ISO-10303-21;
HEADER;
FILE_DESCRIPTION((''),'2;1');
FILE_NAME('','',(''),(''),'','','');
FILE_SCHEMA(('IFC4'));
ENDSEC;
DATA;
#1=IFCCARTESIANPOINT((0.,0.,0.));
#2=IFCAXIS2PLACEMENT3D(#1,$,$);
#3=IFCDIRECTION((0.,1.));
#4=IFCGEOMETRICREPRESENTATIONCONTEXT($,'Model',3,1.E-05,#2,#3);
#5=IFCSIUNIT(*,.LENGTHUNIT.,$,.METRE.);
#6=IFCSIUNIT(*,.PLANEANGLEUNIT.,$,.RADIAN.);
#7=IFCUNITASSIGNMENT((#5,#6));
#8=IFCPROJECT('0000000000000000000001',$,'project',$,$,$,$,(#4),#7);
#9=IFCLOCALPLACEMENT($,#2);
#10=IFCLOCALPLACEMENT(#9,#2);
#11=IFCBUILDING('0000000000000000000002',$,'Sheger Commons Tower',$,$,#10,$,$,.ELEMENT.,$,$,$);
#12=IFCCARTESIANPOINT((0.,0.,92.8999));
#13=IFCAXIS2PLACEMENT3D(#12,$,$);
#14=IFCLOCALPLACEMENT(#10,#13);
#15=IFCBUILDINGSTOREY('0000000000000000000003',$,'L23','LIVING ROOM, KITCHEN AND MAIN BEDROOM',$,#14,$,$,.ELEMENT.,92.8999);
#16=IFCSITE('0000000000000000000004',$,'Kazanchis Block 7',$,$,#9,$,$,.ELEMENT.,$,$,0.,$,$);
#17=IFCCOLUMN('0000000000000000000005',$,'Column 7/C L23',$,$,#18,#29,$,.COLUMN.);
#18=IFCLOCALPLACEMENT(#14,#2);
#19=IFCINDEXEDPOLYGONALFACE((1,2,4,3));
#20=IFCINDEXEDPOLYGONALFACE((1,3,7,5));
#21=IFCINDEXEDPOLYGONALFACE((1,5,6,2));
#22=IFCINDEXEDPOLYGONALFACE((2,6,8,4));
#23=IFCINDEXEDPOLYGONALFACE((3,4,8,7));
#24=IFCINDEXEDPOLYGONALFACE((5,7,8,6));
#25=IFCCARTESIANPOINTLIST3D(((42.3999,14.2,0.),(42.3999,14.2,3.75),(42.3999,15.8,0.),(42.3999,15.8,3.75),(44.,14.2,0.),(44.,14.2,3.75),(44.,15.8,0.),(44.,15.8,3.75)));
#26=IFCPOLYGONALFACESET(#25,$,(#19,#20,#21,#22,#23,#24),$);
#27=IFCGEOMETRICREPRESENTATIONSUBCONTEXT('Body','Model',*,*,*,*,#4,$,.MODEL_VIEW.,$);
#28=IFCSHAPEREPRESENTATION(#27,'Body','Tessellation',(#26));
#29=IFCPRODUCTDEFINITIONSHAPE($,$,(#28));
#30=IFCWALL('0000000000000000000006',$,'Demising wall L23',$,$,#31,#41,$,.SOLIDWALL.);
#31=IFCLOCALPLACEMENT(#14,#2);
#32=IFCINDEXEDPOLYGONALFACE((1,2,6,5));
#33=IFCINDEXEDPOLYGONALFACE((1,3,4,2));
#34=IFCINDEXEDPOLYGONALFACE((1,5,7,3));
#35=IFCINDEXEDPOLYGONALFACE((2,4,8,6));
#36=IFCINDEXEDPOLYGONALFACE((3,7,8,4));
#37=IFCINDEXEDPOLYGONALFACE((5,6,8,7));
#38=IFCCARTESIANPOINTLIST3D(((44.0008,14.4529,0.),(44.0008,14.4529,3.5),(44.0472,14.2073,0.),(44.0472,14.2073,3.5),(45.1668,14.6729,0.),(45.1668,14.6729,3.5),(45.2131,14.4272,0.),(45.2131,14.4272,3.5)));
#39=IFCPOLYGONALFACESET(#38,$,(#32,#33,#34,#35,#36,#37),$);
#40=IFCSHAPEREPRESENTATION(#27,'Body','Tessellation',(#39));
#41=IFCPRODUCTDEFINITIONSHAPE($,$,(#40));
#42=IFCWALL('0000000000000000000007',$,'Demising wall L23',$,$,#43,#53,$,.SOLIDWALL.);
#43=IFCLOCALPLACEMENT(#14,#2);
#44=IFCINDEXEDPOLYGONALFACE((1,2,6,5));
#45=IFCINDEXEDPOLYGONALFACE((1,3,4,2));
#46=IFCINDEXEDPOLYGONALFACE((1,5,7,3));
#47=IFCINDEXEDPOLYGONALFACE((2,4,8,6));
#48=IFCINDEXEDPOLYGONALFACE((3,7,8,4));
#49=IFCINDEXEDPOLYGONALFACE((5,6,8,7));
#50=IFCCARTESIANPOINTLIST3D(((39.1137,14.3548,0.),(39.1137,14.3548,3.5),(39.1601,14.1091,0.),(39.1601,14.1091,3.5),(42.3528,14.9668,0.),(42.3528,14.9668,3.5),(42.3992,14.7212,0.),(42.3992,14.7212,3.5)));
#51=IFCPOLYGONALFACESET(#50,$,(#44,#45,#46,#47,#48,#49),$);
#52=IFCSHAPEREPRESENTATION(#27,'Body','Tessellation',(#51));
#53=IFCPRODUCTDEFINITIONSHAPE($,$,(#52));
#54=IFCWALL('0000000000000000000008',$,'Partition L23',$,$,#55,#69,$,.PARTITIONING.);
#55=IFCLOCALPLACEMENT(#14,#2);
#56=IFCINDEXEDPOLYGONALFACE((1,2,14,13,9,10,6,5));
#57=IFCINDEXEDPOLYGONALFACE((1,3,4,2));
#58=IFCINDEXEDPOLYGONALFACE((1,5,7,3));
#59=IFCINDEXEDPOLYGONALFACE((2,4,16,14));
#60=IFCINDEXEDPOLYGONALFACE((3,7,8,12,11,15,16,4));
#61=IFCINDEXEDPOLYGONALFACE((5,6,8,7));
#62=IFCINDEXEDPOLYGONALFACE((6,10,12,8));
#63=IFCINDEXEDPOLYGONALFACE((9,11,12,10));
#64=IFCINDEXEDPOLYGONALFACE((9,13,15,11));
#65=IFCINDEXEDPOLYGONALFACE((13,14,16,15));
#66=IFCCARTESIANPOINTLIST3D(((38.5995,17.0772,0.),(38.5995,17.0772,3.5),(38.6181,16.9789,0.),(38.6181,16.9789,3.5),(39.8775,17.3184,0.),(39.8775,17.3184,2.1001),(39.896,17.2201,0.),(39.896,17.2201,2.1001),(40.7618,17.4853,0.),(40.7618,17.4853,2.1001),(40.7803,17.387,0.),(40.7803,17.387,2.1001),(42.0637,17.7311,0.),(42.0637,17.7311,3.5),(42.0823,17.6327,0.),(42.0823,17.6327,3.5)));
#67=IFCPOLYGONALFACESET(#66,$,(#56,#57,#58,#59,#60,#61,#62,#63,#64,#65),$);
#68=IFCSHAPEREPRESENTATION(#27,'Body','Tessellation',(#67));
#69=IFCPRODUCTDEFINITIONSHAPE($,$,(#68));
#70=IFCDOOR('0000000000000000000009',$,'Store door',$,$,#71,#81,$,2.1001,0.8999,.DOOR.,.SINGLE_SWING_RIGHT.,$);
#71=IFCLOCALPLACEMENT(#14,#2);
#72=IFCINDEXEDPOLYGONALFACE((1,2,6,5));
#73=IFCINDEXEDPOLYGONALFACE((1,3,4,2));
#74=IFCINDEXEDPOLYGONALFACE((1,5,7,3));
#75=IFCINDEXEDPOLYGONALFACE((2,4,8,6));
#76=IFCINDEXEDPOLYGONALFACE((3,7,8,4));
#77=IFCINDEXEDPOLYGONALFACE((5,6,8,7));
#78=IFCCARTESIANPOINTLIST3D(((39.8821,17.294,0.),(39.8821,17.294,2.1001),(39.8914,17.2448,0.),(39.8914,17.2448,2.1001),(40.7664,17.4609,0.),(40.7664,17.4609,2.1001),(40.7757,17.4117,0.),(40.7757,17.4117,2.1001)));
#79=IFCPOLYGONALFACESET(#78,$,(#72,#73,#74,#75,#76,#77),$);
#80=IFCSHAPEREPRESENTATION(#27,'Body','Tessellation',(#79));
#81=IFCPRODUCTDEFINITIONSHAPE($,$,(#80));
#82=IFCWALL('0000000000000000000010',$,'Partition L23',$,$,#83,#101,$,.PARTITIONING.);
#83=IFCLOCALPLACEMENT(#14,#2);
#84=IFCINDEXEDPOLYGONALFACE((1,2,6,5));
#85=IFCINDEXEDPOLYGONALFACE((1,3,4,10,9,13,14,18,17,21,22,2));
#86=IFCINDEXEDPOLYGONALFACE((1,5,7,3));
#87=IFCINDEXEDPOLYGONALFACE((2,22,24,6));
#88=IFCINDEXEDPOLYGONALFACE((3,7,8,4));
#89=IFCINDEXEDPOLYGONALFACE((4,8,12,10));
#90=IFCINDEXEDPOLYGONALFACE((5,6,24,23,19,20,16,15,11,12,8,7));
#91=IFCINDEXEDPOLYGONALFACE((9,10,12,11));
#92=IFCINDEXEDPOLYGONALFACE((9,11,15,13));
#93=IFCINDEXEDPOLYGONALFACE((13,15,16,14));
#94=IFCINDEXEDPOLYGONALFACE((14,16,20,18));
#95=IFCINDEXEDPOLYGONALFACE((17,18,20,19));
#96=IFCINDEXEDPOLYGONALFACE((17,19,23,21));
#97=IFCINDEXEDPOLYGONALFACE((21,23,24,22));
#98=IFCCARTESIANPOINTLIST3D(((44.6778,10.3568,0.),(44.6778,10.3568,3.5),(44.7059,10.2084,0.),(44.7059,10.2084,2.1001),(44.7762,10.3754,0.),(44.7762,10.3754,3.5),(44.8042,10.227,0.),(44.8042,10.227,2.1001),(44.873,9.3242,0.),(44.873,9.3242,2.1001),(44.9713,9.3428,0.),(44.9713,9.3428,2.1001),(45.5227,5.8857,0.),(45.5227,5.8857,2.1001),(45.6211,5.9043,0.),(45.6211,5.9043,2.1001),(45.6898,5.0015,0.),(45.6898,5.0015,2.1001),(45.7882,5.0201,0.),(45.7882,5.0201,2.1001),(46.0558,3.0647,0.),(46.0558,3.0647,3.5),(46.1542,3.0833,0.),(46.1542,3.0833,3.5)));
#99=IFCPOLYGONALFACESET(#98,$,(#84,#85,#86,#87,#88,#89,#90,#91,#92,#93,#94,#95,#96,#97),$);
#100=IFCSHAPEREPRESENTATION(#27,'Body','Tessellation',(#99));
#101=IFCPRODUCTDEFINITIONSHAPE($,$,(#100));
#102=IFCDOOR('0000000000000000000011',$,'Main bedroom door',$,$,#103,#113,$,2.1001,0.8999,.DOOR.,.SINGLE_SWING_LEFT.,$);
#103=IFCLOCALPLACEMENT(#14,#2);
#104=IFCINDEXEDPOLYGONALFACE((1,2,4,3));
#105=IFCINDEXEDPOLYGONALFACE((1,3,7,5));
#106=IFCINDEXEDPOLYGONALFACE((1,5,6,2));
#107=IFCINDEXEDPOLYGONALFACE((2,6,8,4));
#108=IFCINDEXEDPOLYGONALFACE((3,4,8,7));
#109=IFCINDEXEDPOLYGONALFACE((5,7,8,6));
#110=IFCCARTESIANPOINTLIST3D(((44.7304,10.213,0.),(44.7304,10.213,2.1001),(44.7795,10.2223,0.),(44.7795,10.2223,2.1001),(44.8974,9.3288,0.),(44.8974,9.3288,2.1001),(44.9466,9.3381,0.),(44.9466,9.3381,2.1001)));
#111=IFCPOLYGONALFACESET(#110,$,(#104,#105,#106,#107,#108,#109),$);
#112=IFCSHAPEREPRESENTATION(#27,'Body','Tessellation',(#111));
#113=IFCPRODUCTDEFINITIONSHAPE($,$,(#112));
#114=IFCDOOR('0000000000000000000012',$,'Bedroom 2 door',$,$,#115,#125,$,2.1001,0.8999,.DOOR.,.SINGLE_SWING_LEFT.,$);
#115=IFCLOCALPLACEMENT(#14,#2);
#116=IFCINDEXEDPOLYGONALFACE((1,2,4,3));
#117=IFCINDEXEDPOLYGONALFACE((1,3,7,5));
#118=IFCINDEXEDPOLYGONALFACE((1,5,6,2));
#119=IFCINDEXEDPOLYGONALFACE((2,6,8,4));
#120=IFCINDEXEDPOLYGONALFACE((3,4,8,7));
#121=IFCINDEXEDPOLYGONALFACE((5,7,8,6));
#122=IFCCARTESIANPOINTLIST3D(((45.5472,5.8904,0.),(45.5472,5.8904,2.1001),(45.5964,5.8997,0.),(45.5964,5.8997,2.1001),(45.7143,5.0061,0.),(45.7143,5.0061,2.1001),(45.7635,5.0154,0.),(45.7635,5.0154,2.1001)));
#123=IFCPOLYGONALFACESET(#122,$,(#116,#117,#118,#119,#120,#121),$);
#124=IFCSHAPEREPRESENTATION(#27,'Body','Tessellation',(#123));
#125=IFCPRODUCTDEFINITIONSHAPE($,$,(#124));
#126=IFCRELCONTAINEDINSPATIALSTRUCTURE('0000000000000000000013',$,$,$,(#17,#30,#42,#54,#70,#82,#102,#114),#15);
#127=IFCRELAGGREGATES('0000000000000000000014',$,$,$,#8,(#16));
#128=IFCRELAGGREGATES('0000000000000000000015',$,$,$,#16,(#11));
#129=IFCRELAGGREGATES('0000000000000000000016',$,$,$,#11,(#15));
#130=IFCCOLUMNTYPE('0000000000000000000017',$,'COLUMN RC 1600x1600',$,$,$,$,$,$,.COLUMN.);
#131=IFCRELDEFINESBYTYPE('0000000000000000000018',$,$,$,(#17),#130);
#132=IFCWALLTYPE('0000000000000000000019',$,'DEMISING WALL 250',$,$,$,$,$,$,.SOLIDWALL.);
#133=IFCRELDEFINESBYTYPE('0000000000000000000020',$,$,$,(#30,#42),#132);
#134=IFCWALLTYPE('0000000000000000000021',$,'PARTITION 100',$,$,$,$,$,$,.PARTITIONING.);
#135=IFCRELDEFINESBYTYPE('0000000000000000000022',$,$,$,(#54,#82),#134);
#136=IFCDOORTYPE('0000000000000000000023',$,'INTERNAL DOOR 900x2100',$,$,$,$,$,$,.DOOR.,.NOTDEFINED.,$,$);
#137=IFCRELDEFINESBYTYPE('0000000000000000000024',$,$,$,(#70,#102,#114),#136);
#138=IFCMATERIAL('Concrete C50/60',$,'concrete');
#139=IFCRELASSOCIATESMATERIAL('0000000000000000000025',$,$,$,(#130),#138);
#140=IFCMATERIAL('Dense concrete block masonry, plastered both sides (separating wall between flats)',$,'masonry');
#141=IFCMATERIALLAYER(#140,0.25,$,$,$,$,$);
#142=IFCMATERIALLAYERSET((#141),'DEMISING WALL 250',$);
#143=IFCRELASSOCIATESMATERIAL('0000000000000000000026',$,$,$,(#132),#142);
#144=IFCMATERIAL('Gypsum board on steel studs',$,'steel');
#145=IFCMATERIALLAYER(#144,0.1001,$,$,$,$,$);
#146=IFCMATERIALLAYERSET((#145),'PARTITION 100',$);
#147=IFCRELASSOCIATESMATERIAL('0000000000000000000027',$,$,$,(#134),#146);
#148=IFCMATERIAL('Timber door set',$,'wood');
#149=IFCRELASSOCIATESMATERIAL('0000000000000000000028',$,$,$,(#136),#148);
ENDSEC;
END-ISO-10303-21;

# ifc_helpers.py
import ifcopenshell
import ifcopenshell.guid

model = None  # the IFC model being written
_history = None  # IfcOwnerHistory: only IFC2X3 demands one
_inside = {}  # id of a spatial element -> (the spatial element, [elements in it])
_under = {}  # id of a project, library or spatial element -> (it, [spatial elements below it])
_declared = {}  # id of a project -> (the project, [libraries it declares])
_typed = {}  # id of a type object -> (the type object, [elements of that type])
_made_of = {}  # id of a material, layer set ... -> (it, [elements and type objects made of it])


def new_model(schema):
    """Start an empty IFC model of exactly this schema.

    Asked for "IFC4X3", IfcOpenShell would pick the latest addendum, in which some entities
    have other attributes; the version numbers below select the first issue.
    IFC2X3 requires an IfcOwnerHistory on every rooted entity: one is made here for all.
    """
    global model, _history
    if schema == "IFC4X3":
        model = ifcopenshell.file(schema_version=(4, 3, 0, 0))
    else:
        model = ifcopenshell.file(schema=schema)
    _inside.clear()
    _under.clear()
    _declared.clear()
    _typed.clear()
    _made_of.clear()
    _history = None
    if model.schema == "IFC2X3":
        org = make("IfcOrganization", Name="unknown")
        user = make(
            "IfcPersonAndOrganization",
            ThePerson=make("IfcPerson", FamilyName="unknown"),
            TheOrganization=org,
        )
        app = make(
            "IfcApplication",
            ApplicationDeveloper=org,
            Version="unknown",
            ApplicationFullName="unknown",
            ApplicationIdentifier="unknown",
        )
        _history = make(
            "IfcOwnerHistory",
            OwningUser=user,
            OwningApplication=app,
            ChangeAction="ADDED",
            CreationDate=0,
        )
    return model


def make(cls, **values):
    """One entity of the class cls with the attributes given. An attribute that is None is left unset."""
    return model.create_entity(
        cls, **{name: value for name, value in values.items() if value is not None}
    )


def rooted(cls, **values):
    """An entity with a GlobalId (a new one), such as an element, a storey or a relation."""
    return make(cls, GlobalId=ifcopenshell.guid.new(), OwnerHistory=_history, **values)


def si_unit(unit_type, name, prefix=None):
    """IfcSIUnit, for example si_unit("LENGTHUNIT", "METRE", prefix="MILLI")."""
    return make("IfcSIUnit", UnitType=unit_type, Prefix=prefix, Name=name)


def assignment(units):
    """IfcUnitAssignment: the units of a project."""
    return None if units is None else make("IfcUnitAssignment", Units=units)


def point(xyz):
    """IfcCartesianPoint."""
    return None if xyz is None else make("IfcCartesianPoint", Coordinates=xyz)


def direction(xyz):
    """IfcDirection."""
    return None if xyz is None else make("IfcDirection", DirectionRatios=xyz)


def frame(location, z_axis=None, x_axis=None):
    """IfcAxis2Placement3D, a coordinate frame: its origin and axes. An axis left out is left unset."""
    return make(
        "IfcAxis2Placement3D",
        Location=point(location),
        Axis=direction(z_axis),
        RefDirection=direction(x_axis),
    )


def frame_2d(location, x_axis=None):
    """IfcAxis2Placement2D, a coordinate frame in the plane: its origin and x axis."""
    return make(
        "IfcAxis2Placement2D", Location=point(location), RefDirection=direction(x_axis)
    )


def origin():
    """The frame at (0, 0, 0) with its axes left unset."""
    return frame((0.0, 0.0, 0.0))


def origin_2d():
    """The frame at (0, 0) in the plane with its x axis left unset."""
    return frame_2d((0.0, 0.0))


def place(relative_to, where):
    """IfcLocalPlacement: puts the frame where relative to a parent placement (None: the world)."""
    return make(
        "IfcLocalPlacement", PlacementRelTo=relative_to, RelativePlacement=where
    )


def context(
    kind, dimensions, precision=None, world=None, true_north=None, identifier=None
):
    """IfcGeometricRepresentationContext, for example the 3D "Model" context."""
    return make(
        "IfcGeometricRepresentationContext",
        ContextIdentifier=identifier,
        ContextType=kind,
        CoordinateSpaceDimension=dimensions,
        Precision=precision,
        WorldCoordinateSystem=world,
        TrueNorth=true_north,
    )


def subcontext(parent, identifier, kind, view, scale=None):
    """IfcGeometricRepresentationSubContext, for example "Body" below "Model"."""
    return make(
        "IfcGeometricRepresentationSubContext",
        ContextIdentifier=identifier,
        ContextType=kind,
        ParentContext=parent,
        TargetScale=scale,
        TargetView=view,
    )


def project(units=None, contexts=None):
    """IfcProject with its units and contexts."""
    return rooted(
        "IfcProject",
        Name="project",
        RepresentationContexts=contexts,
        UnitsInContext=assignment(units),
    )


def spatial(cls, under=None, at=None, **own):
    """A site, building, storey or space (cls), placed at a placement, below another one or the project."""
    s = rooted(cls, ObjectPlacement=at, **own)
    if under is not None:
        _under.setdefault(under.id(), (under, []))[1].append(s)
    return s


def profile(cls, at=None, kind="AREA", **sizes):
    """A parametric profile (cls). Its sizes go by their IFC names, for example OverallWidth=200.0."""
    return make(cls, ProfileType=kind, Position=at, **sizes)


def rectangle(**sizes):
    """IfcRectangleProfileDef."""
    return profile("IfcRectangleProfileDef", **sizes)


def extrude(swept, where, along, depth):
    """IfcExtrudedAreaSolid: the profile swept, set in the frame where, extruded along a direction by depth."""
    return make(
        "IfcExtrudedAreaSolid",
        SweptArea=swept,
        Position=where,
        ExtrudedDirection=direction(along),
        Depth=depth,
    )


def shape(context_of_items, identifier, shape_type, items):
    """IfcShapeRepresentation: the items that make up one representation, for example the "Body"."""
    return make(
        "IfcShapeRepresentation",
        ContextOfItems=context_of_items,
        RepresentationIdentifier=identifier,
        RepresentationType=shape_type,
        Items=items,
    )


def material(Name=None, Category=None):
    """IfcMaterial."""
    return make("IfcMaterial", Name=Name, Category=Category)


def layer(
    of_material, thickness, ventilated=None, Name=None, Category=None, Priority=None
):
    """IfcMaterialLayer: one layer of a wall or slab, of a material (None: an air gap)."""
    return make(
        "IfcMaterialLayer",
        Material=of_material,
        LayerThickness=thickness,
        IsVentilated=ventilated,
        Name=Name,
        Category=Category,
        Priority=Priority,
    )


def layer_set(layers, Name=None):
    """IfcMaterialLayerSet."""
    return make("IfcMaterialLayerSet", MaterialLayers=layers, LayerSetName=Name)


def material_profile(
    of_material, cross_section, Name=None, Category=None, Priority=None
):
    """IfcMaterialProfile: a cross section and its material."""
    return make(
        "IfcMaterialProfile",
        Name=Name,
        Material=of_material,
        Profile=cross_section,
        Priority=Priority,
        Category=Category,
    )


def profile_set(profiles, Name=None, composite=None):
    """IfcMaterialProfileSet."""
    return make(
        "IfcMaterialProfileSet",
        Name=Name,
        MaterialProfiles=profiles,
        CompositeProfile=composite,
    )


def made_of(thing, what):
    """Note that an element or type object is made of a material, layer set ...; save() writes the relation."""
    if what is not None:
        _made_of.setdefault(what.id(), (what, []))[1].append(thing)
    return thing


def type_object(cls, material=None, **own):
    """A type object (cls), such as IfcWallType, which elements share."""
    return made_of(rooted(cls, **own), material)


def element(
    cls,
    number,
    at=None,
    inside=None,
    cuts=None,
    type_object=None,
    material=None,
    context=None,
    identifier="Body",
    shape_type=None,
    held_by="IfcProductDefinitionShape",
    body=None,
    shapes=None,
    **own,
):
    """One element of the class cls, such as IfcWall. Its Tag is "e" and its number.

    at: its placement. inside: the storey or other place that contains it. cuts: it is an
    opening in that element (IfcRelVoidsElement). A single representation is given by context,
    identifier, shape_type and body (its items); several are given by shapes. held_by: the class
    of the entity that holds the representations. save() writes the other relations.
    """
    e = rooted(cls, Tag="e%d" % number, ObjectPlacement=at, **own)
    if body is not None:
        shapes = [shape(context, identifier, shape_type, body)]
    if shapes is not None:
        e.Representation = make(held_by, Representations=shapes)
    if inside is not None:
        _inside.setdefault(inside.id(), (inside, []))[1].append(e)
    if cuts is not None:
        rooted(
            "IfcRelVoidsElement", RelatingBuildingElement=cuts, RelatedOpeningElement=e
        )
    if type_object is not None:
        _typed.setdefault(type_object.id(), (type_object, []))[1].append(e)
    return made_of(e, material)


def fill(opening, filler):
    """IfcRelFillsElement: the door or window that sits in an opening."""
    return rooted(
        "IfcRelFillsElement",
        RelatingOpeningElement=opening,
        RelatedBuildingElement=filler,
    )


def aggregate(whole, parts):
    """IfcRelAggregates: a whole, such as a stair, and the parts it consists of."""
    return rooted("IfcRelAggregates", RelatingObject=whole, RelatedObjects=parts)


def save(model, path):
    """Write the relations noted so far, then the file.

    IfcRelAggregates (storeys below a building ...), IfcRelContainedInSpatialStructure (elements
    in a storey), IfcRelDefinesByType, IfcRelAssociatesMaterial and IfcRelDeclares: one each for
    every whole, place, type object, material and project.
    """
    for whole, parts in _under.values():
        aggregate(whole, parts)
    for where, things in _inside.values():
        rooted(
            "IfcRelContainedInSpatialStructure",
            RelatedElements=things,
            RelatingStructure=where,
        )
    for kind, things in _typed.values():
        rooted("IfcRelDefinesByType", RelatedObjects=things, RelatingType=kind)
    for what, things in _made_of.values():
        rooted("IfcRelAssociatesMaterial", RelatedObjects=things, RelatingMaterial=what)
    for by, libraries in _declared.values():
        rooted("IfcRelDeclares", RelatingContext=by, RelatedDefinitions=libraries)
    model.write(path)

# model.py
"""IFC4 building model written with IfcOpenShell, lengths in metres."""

from ifc_helpers import new_model, si_unit, direction, frame, frame_2d, origin, origin_2d, place, context, subcontext, project, spatial, rectangle, extrude, material, layer, layer_set, material_profile, profile_set, type_object, element, fill, save


model = new_model("IFC4")

# Units and contexts
model_context = context("Model", 3, precision=1e-05, world=origin(), true_north=direction((0.0, 1.0)))
body_context = subcontext(model_context, "Body", "Model", "MODEL_VIEW")
ifc_project = project(units=[si_unit("LENGTHUNIT", "METRE"), si_unit("PLANEANGLEUNIT", "RADIAN")], contexts=[model_context])

# Site, building, storey
site_placement = place(None, origin())
site = spatial("IfcSite", under=ifc_project, at=site_placement, Name="Kazanchis Block 7", CompositionType="ELEMENT", RefElevation=0.0)
building_placement = place(site_placement, origin())
building = spatial("IfcBuilding", under=site, at=building_placement, Name="Sheger Commons Tower", CompositionType="ELEMENT")
storey_placement = place(building_placement, frame((0.0, 0.0, 92.8999)))
storey = spatial("IfcBuildingStorey", under=building, at=storey_placement, Name="L23", Description="LIVING ROOM, KITCHEN AND MAIN BEDROOM", CompositionType="ELEMENT", Elevation=92.8999)

# Column
ifc_material_1 = material(Name="Concrete C50/60", Category="concrete")
ifc_material_profile = material_profile(ifc_material_1, rectangle(XDim=1.6001, YDim=1.6001, at=origin_2d()), Name="RC 1600x1600")
ifc_profile_set = profile_set([ifc_material_profile], Name="Concrete C50/60")
column_type = type_object("IfcColumnType", Name="COLUMN RC 1600x1600", PredefinedType="COLUMN", material=ifc_profile_set)
column_placement = place(storey_placement, frame((43.2, 15.0, 0.0), z_axis=(0.0, 0.0, 1.0), x_axis=(1.0, 0.0, 0.0)))
element("IfcColumn", 1, at=column_placement, inside=storey, type_object=column_type, Name="Column 7/C L23", PredefinedType="COLUMN", context=body_context, shape_type="SweptSolid", body=[
    extrude(rectangle(XDim=1.6001, YDim=1.6001, at=origin_2d()), origin(), (0.0, 0.0, 1.0), 3.75),
])

# Walls
ifc_material_2 = material(Name="Dense concrete block masonry, plastered both sides (separating wall between flats)", Category="masonry")
ifc_layer_1 = layer(ifc_material_2, 0.25)
ifc_layer_set_1 = layer_set([ifc_layer_1], Name="DEMISING WALL 250")
wall_type_1 = type_object("IfcWallType", Name="DEMISING WALL 250", PredefinedType="SOLIDWALL", material=ifc_layer_set_1)
wall_1_placement = place(storey_placement, frame((45.1899, 14.55, 0.0), z_axis=(0.0, 0.0, 1.0), x_axis=(-0.982667, -0.185382, 0.0)))
element("IfcWall", 2, at=wall_1_placement, inside=storey, type_object=wall_type_1, Name="Demising wall L23", PredefinedType="SOLIDWALL", context=body_context, shape_type="SweptSolid", body=[
    extrude(rectangle(XDim=1.1865, YDim=0.25, at=frame_2d((0.5933, 0.0))), origin(), (0.0, 0.0, 1.0), 3.5),
])
wall_2_placement = place(storey_placement, frame((42.376, 14.844, 0.0), z_axis=(0.0, 0.0, 1.0), x_axis=(-0.98261, -0.185679, 0.0)))
element("IfcWall", 3, at=wall_2_placement, inside=storey, type_object=wall_type_1, Name="Demising wall L23", PredefinedType="SOLIDWALL", context=body_context, shape_type="SweptSolid", body=[
    extrude(rectangle(XDim=3.2964, YDim=0.25, at=frame_2d((1.6482, 0.0))), origin(), (0.0, 0.0, 1.0), 3.5),
])

# Wall, opening, door
ifc_material_3 = material(Name="Gypsum board on steel studs", Category="steel")
ifc_layer_2 = layer(ifc_material_3, 0.1001)
ifc_layer_set_2 = layer_set([ifc_layer_2], Name="PARTITION 100")
wall_type_2 = type_object("IfcWallType", Name="PARTITION 100", PredefinedType="PARTITIONING", material=ifc_layer_set_2)
wall_3_placement = place(storey_placement, frame((42.073, 17.6819, 0.0), z_axis=(0.0, 0.0, 1.0), x_axis=(-0.982651, -0.185463, 0.0)))
wall_3 = element("IfcWall", 4, at=wall_3_placement, inside=storey, type_object=wall_type_2, Name="Partition L23", PredefinedType="PARTITIONING", context=body_context, shape_type="SweptSolid", body=[
    extrude(rectangle(XDim=3.5254, YDim=0.1001, at=frame_2d((1.7627, 0.0))), origin(), (0.0, 0.0, 1.0), 3.5),
])
opening_1_placement = place(wall_3_placement, frame((1.325, 0.0, 0.0)))
opening_1 = element("IfcOpeningElement", 5, at=opening_1_placement, cuts=wall_3, PredefinedType="OPENING", context=body_context, shape_type="SweptSolid", body=[
    extrude(rectangle(XDim=0.8999, YDim=2.1001, at=frame_2d((0.45, 1.05))), frame((0.0, 0.0601, 0.0), z_axis=(0.0, -1.0, 0.0), x_axis=(1.0, 0.0, 0.0)), (0.0, 0.0, 1.0), 0.1201),
])
ifc_material_4 = material(Name="Timber door set", Category="wood")
door_type_1 = type_object("IfcDoorType", Name="INTERNAL DOOR 900x2100", OperationType="NOTDEFINED", PredefinedType="DOOR", material=ifc_material_4)
door_1_placement = place(opening_1_placement, origin())
door_1 = element("IfcDoor", 6, at=door_1_placement, inside=storey, type_object=door_type_1, Name="Store door", OperationType="SINGLE_SWING_RIGHT", OverallHeight=2.1001, OverallWidth=0.8999, PredefinedType="DOOR", context=body_context, shape_type="SweptSolid", body=[
    extrude(rectangle(XDim=0.8999, YDim=2.1001, at=frame_2d((0.45, 1.05))), frame((0.0, 0.0249, 0.0), z_axis=(0.0, -1.0, 0.0), x_axis=(1.0, 0.0, 0.0)), (0.0, 0.0, 1.0), 0.05),
])
fill(opening_1, door_1)

# Wall, openings, doors
wall_4_placement = place(storey_placement, frame((44.7271, 10.366, 0.0), z_axis=(0.0, 0.0, 1.0), x_axis=(0.185679, -0.98261, 0.0)))
wall_4 = element("IfcWall", 7, at=wall_4_placement, inside=storey, type_object=wall_type_2, Name="Partition L23", PredefinedType="PARTITIONING", context=body_context, shape_type="SweptSolid", body=[
    extrude(rectangle(XDim=7.4211, YDim=0.1001, at=frame_2d((3.7104, 0.0))), origin(), (0.0, 0.0, 1.0), 3.5),
])
opening_2_placement = place(wall_4_placement, frame((0.1509, 0.0, 0.0)))
opening_2 = element("IfcOpeningElement", 8, at=opening_2_placement, cuts=wall_4, PredefinedType="OPENING", context=body_context, shape_type="SweptSolid", body=[
    extrude(rectangle(XDim=0.8999, YDim=2.1001, at=frame_2d((0.45, 1.05))), frame((0.0, 0.0601, 0.0), z_axis=(0.0, -1.0, 0.0), x_axis=(1.0, 0.0, 0.0)), (0.0, 0.0, 1.0), 0.1201),
])
opening_3_placement = place(wall_4_placement, frame((4.55, 0.0, 0.0)))
opening_3 = element("IfcOpeningElement", 9, at=opening_3_placement, cuts=wall_4, PredefinedType="OPENING", context=body_context, shape_type="SweptSolid", body=[
    extrude(rectangle(XDim=0.8999, YDim=2.1001, at=frame_2d((0.45, 1.05))), frame((0.0, 0.0601, 0.0), z_axis=(0.0, -1.0, 0.0), x_axis=(1.0, 0.0, 0.0)), (0.0, 0.0, 1.0), 0.1201),
])
door_2_placement = place(opening_2_placement, origin())
door_2 = element("IfcDoor", 10, at=door_2_placement, inside=storey, type_object=door_type_1, Name="Main bedroom door", OperationType="SINGLE_SWING_LEFT", OverallHeight=2.1001, OverallWidth=0.8999, PredefinedType="DOOR", context=body_context, shape_type="SweptSolid", body=[
    extrude(rectangle(XDim=0.8999, YDim=2.1001, at=frame_2d((0.45, 1.05))), frame((0.0, 0.0249, 0.0), z_axis=(0.0, -1.0, 0.0), x_axis=(1.0, 0.0, 0.0)), (0.0, 0.0, 1.0), 0.05),
])
fill(opening_2, door_2)
door_3_placement = place(opening_3_placement, origin())
door_3 = element("IfcDoor", 11, at=door_3_placement, inside=storey, type_object=door_type_1, Name="Bedroom 2 door", OperationType="SINGLE_SWING_LEFT", OverallHeight=2.1001, OverallWidth=0.8999, PredefinedType="DOOR", context=body_context, shape_type="SweptSolid", body=[
    extrude(rectangle(XDim=0.8999, YDim=2.1001, at=frame_2d((0.45, 1.05))), frame((0.0, 0.0249, 0.0), z_axis=(0.0, -1.0, 0.0), x_axis=(1.0, 0.0, 0.0)), (0.0, 0.0, 1.0), 0.05),
])
fill(opening_3, door_3)

save(model, "model.ifc")
